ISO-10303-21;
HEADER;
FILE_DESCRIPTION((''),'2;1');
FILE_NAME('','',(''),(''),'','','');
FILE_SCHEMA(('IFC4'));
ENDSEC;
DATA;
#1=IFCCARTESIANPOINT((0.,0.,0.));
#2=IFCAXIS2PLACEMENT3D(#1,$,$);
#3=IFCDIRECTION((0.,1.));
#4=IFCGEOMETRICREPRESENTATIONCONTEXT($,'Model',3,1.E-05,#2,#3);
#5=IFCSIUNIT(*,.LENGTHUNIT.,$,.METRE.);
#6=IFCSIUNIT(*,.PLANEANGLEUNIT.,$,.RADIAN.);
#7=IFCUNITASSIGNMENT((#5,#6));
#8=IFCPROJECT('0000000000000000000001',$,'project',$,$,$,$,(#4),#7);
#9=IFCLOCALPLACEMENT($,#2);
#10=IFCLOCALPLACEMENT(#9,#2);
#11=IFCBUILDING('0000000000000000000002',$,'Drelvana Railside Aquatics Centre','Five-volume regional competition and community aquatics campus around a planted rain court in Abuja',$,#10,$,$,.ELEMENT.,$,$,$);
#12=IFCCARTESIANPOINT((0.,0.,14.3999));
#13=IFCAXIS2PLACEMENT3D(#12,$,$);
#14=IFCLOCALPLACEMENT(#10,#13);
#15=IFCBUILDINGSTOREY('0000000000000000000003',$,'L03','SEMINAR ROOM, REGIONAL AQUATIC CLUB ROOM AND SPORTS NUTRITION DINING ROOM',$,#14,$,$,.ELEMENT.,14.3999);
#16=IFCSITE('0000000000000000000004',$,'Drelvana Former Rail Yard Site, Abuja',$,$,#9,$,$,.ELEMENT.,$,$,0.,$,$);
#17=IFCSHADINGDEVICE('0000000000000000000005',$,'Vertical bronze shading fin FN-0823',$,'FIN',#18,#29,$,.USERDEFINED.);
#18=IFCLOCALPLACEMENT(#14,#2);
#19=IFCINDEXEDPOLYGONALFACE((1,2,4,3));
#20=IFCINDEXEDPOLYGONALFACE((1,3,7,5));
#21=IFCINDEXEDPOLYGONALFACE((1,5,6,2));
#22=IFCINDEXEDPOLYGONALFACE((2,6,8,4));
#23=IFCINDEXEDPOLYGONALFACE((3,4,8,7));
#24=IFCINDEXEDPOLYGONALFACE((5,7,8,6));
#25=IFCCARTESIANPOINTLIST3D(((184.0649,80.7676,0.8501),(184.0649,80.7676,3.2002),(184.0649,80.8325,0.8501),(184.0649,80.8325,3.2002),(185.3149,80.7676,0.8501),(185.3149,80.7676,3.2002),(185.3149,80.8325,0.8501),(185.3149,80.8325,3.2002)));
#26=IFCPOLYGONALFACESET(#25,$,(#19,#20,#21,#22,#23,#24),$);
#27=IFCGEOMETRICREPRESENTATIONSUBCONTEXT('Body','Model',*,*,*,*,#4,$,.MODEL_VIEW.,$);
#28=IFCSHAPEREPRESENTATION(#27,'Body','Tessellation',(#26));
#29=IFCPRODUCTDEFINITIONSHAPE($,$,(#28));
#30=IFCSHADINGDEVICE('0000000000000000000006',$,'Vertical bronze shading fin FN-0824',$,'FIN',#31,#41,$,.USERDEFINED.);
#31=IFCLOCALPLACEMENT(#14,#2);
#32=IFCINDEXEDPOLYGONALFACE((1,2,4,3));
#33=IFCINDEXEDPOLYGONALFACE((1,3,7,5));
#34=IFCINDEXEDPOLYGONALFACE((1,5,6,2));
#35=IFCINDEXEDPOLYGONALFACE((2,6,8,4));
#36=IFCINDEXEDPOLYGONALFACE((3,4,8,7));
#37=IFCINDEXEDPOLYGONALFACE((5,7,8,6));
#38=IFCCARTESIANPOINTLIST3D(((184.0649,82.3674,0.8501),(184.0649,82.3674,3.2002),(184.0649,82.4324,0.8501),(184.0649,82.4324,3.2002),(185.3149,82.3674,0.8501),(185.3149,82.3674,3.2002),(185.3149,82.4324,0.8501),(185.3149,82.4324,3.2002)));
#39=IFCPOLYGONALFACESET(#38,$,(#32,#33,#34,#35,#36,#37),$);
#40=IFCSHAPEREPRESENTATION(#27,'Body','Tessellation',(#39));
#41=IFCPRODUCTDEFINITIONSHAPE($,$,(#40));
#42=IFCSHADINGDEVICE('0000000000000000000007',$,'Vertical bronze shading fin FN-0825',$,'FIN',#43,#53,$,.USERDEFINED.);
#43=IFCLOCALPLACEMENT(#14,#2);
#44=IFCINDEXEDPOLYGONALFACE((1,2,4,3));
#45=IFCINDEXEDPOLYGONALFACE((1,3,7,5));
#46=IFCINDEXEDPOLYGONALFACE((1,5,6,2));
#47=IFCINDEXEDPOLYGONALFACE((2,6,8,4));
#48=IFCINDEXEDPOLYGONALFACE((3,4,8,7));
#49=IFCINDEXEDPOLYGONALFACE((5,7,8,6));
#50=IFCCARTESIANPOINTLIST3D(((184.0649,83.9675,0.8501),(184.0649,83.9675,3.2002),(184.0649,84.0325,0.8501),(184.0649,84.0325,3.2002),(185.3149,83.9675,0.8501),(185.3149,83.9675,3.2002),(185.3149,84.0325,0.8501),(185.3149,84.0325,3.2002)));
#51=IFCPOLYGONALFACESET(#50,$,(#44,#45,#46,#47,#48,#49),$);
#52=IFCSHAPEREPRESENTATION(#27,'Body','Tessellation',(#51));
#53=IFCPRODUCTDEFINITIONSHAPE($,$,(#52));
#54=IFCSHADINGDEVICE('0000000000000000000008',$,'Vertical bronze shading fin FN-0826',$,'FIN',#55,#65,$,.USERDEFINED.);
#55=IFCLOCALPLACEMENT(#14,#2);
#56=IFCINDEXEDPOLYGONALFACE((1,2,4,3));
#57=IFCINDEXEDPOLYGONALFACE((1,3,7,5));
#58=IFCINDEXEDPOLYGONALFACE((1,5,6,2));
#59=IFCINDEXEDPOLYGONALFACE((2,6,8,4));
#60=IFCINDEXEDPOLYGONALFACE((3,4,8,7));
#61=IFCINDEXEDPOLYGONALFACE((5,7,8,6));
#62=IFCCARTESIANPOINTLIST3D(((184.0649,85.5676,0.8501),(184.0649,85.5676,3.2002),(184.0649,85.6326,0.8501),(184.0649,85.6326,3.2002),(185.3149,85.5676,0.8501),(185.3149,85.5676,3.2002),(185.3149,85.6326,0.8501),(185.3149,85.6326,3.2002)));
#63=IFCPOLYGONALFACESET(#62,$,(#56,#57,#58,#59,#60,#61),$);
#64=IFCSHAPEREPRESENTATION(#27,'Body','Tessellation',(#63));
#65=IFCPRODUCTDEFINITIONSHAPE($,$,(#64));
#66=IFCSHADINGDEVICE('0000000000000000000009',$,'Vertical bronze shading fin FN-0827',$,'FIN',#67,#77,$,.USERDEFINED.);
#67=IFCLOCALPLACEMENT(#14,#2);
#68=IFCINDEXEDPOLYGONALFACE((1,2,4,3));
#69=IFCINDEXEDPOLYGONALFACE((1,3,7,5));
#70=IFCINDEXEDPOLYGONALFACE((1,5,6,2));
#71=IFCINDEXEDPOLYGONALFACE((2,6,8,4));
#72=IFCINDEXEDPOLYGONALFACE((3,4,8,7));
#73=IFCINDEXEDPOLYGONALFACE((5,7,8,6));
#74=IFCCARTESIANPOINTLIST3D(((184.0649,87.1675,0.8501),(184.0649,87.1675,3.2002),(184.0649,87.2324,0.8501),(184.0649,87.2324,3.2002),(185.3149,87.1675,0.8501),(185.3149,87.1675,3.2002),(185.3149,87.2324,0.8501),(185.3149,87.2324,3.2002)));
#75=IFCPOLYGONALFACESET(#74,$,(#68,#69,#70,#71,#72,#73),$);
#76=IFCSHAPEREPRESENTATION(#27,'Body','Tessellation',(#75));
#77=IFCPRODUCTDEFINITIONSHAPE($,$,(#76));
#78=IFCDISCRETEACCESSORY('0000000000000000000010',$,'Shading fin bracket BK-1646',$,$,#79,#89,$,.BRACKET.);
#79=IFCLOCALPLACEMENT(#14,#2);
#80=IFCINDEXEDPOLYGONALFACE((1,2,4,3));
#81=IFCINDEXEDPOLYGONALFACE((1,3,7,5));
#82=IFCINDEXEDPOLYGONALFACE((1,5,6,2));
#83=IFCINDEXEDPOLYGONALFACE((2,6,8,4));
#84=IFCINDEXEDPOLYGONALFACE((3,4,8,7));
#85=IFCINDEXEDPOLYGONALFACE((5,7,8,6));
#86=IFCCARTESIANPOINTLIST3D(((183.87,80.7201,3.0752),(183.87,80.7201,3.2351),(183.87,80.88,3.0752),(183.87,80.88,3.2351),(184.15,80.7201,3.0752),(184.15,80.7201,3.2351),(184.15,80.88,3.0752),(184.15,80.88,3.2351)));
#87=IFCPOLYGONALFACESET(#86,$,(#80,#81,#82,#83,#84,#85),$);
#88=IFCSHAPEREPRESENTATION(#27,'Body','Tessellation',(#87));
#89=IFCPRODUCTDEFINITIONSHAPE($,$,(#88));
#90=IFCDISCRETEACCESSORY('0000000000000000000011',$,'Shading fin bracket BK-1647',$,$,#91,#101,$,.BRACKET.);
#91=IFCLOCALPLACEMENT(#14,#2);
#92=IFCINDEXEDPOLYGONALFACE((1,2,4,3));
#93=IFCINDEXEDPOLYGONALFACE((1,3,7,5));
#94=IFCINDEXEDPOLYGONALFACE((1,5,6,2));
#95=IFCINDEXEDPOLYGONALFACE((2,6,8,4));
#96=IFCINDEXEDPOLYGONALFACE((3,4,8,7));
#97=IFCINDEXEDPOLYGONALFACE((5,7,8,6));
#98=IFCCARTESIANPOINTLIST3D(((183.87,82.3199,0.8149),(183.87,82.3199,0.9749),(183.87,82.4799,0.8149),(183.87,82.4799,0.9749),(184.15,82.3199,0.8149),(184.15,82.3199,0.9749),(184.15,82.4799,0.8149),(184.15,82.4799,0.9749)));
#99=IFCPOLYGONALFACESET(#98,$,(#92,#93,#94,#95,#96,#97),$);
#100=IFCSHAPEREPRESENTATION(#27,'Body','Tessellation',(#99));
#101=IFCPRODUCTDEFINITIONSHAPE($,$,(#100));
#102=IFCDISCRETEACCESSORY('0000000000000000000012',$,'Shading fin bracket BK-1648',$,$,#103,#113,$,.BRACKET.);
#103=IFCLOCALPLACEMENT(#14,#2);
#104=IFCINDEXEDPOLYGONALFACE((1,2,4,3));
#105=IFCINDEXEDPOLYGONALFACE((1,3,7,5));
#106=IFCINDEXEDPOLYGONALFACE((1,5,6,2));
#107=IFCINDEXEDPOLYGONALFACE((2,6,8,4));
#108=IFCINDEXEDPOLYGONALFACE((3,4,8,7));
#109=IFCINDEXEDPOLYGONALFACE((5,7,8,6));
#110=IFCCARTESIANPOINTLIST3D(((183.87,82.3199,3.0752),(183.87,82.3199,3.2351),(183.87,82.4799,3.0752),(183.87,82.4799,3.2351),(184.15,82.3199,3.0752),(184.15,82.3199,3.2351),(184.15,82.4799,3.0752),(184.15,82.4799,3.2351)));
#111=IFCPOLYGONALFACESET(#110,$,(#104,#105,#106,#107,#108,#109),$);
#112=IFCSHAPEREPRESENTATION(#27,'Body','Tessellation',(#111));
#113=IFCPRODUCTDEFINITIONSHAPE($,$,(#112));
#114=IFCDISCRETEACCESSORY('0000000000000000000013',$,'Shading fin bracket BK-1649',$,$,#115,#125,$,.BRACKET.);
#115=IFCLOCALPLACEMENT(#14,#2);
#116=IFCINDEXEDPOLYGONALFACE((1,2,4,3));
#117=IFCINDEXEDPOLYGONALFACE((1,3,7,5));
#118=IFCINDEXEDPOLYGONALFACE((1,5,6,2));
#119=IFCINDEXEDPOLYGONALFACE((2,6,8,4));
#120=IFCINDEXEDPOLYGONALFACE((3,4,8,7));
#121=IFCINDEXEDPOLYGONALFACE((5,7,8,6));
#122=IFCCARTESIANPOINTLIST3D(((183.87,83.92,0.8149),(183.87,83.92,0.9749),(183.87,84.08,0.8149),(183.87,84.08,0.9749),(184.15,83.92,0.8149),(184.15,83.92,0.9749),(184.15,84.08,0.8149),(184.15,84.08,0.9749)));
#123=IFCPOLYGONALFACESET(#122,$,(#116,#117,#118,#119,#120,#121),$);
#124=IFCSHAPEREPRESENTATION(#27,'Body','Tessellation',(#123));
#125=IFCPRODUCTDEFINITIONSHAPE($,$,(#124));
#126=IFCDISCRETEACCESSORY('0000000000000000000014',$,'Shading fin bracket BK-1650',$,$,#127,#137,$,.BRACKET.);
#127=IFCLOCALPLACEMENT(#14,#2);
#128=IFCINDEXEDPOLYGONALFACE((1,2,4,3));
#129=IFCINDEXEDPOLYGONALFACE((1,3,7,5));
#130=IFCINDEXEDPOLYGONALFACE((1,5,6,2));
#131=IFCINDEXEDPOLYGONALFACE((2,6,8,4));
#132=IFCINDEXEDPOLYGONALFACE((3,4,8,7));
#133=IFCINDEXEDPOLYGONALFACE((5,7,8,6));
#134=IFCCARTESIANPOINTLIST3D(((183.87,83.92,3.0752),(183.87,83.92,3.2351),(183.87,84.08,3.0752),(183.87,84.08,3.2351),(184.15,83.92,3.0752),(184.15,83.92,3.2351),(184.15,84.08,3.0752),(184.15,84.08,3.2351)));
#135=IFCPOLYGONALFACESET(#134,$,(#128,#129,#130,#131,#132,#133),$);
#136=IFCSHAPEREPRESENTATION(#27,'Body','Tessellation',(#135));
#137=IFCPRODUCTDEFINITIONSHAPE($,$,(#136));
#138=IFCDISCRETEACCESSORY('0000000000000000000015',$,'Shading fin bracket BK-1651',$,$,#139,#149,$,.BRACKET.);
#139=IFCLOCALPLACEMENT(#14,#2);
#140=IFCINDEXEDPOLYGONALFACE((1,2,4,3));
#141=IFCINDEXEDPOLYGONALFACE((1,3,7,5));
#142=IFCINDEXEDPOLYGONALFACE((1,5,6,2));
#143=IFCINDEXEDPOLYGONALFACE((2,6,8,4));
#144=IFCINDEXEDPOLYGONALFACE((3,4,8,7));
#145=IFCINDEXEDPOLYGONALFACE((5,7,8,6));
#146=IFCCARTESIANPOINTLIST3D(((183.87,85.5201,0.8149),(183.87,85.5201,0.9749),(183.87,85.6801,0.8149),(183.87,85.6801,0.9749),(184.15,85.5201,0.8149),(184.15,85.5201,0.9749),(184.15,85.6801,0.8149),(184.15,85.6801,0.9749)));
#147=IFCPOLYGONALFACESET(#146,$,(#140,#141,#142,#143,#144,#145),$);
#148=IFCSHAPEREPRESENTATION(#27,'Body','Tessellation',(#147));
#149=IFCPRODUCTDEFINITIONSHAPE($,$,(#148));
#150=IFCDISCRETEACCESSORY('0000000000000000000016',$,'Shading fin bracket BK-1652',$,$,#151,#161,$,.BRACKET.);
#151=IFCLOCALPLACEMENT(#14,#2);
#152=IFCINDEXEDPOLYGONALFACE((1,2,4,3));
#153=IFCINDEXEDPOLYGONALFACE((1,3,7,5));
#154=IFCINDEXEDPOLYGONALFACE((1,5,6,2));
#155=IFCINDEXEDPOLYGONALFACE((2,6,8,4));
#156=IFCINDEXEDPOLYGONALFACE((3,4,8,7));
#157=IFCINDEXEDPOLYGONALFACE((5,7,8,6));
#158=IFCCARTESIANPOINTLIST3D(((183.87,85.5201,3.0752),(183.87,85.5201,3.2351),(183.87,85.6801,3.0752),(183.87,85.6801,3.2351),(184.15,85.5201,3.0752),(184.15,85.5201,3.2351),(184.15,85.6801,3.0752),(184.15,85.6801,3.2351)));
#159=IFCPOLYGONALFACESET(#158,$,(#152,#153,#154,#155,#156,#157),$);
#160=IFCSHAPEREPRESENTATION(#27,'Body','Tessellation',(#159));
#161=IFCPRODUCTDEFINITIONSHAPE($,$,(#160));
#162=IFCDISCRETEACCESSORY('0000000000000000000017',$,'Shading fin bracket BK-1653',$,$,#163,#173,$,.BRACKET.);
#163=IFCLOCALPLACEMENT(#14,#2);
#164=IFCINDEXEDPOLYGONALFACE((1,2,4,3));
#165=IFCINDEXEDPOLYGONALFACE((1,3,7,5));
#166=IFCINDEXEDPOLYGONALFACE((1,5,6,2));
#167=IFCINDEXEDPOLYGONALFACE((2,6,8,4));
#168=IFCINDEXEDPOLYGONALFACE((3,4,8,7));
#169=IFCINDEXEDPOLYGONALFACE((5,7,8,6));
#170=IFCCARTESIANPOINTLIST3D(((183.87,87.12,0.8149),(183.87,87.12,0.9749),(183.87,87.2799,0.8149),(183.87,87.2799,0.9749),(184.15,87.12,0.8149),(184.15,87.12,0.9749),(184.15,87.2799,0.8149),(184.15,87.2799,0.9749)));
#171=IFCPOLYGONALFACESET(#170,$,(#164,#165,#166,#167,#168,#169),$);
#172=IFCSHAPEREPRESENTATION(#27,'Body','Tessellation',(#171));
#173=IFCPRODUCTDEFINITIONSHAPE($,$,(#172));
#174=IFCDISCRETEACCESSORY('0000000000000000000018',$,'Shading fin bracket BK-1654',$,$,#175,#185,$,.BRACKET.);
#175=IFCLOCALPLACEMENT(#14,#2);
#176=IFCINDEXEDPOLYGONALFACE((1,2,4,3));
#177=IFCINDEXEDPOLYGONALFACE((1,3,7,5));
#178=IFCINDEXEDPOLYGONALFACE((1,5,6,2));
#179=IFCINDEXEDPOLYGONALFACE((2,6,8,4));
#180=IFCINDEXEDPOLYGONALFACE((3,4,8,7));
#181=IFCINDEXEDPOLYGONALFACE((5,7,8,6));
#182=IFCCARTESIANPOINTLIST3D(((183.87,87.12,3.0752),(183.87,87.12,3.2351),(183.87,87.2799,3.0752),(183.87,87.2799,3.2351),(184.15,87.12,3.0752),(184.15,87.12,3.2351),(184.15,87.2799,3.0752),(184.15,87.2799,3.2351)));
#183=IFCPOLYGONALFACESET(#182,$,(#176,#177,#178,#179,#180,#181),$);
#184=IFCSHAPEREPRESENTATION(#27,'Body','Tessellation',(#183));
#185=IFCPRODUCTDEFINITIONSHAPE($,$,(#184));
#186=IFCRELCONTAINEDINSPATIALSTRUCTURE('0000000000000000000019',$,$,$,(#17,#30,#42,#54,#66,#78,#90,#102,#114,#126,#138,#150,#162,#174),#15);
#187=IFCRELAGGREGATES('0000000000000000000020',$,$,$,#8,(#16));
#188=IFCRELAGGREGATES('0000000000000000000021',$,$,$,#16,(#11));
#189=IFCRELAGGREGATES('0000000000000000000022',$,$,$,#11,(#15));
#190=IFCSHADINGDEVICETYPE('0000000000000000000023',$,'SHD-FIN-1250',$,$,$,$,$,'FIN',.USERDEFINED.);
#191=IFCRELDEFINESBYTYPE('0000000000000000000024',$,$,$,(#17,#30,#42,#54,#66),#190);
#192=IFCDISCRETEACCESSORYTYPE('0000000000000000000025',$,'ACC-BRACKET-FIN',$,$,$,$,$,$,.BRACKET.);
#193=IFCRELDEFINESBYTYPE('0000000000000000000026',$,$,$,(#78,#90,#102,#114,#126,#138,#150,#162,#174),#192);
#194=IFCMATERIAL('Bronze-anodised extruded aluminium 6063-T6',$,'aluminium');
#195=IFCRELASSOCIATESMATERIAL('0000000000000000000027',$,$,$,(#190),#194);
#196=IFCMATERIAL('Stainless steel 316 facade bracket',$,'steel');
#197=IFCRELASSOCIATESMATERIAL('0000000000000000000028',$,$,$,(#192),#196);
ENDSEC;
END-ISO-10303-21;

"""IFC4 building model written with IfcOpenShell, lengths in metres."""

from ifc_helpers import new_model, si_unit, direction, frame, origin, origin_2d, place, context, subcontext, project, spatial, rectangle, extrude, material, type_object, element, save


model = new_model("IFC4")

# Units and contexts
model_context = context("Model", 3, precision=1e-05, world=origin(), true_north=direction((0.0, 1.0)))
body_context = subcontext(model_context, "Body", "Model", "MODEL_VIEW")
ifc_project = project(units=[si_unit("LENGTHUNIT", "METRE"), si_unit("PLANEANGLEUNIT", "RADIAN")], contexts=[model_context])

# Site, building, storey
site_placement = place(None, origin())
site = spatial("IfcSite", under=ifc_project, at=site_placement, Name="Drelvana Former Rail Yard Site, Abuja", CompositionType="ELEMENT", RefElevation=0.0)
building_placement = place(site_placement, origin())
building = spatial("IfcBuilding", under=site, at=building_placement, Name="Drelvana Railside Aquatics Centre", Description="Five-volume regional competition and community aquatics campus around a planted rain court in Abuja", CompositionType="ELEMENT")
storey_placement = place(building_placement, frame((0.0, 0.0, 14.3999)))
storey = spatial("IfcBuildingStorey", under=building, at=storey_placement, Name="L03", Description="SEMINAR ROOM, REGIONAL AQUATIC CLUB ROOM AND SPORTS NUTRITION DINING ROOM", CompositionType="ELEMENT", Elevation=14.3999)

# Shared definitions
ifc_material_1 = material(Name="Bronze-anodised extruded aluminium 6063-T6", Category="aluminium")

# Shading devices
shading_device_type = type_object("IfcShadingDeviceType", Name="SHD-FIN-1250", ElementType="FIN", PredefinedType="USERDEFINED", material=ifc_material_1)
for number, where, z_axis, x_axis, name in (
    (1, (184.6899, 80.8, 0.8501), (0.0, 0.0, 1.0), (1.0, 0.0, 0.0), "Vertical bronze shading fin FN-0823"),
    (2, (184.6899, 82.3999, 0.8501), (0.0, 0.0, 1.0), (1.0, 0.0, 0.0), "Vertical bronze shading fin FN-0824"),
    (3, (184.6899, 84.0, 0.8501), (0.0, 0.0, 1.0), (1.0, 0.0, 0.0), "Vertical bronze shading fin FN-0825"),
    (4, (184.6899, 85.6001, 0.8501), (0.0, 0.0, 1.0), (1.0, 0.0, 0.0), "Vertical bronze shading fin FN-0826"),
    (5, (184.6899, 87.2, 0.8501), (0.0, 0.0, 1.0), (1.0, 0.0, 0.0), "Vertical bronze shading fin FN-0827"),
):
    element("IfcShadingDevice", number, at=place(storey_placement, frame(where, z_axis=z_axis, x_axis=x_axis)), inside=storey, type_object=shading_device_type, Name=name, ObjectType="FIN", PredefinedType="USERDEFINED", context=body_context, shape_type="SweptSolid", body=[
        extrude(rectangle(XDim=1.25, YDim=0.0649, at=origin_2d()), origin(), (0.0, 0.0, 1.0), 2.3501),
    ])

# Discrete accessories
ifc_material_2 = material(Name="Stainless steel 316 facade bracket", Category="steel")
discrete_accessory_type = type_object("IfcDiscreteAccessoryType", Name="ACC-BRACKET-FIN", PredefinedType="BRACKET", material=ifc_material_2)
for number, where, z_axis, x_axis, name in (
    (6, (184.01, 80.8, 3.0752), (0.0, 0.0, 1.0), (1.0, 0.0, 0.0), "Shading fin bracket BK-1646"),
    (7, (184.01, 82.3999, 0.8149), (0.0, 0.0, 1.0), (1.0, 0.0, 0.0), "Shading fin bracket BK-1647"),
    (8, (184.01, 82.3999, 3.0752), (0.0, 0.0, 1.0), (1.0, 0.0, 0.0), "Shading fin bracket BK-1648"),
    (9, (184.01, 84.0, 0.8149), (0.0, 0.0, 1.0), (1.0, 0.0, 0.0), "Shading fin bracket BK-1649"),
    (10, (184.01, 84.0, 3.0752), (0.0, 0.0, 1.0), (1.0, 0.0, 0.0), "Shading fin bracket BK-1650"),
    (11, (184.01, 85.6001, 0.8149), (0.0, 0.0, 1.0), (1.0, 0.0, 0.0), "Shading fin bracket BK-1651"),
    (12, (184.01, 85.6001, 3.0752), (0.0, 0.0, 1.0), (1.0, 0.0, 0.0), "Shading fin bracket BK-1652"),
    (13, (184.01, 87.2, 0.8149), (0.0, 0.0, 1.0), (1.0, 0.0, 0.0), "Shading fin bracket BK-1653"),
    (14, (184.01, 87.2, 3.0752), (0.0, 0.0, 1.0), (1.0, 0.0, 0.0), "Shading fin bracket BK-1654"),
):
    element("IfcDiscreteAccessory", number, at=place(storey_placement, frame(where, z_axis=z_axis, x_axis=x_axis)), inside=storey, type_object=discrete_accessory_type, Name=name, PredefinedType="BRACKET", context=body_context, shape_type="SweptSolid", body=[
        extrude(rectangle(XDim=0.28, YDim=0.1599, at=origin_2d()), origin(), (0.0, 0.0, 1.0), 0.1599),
    ])

save(model, "model.ifc")
